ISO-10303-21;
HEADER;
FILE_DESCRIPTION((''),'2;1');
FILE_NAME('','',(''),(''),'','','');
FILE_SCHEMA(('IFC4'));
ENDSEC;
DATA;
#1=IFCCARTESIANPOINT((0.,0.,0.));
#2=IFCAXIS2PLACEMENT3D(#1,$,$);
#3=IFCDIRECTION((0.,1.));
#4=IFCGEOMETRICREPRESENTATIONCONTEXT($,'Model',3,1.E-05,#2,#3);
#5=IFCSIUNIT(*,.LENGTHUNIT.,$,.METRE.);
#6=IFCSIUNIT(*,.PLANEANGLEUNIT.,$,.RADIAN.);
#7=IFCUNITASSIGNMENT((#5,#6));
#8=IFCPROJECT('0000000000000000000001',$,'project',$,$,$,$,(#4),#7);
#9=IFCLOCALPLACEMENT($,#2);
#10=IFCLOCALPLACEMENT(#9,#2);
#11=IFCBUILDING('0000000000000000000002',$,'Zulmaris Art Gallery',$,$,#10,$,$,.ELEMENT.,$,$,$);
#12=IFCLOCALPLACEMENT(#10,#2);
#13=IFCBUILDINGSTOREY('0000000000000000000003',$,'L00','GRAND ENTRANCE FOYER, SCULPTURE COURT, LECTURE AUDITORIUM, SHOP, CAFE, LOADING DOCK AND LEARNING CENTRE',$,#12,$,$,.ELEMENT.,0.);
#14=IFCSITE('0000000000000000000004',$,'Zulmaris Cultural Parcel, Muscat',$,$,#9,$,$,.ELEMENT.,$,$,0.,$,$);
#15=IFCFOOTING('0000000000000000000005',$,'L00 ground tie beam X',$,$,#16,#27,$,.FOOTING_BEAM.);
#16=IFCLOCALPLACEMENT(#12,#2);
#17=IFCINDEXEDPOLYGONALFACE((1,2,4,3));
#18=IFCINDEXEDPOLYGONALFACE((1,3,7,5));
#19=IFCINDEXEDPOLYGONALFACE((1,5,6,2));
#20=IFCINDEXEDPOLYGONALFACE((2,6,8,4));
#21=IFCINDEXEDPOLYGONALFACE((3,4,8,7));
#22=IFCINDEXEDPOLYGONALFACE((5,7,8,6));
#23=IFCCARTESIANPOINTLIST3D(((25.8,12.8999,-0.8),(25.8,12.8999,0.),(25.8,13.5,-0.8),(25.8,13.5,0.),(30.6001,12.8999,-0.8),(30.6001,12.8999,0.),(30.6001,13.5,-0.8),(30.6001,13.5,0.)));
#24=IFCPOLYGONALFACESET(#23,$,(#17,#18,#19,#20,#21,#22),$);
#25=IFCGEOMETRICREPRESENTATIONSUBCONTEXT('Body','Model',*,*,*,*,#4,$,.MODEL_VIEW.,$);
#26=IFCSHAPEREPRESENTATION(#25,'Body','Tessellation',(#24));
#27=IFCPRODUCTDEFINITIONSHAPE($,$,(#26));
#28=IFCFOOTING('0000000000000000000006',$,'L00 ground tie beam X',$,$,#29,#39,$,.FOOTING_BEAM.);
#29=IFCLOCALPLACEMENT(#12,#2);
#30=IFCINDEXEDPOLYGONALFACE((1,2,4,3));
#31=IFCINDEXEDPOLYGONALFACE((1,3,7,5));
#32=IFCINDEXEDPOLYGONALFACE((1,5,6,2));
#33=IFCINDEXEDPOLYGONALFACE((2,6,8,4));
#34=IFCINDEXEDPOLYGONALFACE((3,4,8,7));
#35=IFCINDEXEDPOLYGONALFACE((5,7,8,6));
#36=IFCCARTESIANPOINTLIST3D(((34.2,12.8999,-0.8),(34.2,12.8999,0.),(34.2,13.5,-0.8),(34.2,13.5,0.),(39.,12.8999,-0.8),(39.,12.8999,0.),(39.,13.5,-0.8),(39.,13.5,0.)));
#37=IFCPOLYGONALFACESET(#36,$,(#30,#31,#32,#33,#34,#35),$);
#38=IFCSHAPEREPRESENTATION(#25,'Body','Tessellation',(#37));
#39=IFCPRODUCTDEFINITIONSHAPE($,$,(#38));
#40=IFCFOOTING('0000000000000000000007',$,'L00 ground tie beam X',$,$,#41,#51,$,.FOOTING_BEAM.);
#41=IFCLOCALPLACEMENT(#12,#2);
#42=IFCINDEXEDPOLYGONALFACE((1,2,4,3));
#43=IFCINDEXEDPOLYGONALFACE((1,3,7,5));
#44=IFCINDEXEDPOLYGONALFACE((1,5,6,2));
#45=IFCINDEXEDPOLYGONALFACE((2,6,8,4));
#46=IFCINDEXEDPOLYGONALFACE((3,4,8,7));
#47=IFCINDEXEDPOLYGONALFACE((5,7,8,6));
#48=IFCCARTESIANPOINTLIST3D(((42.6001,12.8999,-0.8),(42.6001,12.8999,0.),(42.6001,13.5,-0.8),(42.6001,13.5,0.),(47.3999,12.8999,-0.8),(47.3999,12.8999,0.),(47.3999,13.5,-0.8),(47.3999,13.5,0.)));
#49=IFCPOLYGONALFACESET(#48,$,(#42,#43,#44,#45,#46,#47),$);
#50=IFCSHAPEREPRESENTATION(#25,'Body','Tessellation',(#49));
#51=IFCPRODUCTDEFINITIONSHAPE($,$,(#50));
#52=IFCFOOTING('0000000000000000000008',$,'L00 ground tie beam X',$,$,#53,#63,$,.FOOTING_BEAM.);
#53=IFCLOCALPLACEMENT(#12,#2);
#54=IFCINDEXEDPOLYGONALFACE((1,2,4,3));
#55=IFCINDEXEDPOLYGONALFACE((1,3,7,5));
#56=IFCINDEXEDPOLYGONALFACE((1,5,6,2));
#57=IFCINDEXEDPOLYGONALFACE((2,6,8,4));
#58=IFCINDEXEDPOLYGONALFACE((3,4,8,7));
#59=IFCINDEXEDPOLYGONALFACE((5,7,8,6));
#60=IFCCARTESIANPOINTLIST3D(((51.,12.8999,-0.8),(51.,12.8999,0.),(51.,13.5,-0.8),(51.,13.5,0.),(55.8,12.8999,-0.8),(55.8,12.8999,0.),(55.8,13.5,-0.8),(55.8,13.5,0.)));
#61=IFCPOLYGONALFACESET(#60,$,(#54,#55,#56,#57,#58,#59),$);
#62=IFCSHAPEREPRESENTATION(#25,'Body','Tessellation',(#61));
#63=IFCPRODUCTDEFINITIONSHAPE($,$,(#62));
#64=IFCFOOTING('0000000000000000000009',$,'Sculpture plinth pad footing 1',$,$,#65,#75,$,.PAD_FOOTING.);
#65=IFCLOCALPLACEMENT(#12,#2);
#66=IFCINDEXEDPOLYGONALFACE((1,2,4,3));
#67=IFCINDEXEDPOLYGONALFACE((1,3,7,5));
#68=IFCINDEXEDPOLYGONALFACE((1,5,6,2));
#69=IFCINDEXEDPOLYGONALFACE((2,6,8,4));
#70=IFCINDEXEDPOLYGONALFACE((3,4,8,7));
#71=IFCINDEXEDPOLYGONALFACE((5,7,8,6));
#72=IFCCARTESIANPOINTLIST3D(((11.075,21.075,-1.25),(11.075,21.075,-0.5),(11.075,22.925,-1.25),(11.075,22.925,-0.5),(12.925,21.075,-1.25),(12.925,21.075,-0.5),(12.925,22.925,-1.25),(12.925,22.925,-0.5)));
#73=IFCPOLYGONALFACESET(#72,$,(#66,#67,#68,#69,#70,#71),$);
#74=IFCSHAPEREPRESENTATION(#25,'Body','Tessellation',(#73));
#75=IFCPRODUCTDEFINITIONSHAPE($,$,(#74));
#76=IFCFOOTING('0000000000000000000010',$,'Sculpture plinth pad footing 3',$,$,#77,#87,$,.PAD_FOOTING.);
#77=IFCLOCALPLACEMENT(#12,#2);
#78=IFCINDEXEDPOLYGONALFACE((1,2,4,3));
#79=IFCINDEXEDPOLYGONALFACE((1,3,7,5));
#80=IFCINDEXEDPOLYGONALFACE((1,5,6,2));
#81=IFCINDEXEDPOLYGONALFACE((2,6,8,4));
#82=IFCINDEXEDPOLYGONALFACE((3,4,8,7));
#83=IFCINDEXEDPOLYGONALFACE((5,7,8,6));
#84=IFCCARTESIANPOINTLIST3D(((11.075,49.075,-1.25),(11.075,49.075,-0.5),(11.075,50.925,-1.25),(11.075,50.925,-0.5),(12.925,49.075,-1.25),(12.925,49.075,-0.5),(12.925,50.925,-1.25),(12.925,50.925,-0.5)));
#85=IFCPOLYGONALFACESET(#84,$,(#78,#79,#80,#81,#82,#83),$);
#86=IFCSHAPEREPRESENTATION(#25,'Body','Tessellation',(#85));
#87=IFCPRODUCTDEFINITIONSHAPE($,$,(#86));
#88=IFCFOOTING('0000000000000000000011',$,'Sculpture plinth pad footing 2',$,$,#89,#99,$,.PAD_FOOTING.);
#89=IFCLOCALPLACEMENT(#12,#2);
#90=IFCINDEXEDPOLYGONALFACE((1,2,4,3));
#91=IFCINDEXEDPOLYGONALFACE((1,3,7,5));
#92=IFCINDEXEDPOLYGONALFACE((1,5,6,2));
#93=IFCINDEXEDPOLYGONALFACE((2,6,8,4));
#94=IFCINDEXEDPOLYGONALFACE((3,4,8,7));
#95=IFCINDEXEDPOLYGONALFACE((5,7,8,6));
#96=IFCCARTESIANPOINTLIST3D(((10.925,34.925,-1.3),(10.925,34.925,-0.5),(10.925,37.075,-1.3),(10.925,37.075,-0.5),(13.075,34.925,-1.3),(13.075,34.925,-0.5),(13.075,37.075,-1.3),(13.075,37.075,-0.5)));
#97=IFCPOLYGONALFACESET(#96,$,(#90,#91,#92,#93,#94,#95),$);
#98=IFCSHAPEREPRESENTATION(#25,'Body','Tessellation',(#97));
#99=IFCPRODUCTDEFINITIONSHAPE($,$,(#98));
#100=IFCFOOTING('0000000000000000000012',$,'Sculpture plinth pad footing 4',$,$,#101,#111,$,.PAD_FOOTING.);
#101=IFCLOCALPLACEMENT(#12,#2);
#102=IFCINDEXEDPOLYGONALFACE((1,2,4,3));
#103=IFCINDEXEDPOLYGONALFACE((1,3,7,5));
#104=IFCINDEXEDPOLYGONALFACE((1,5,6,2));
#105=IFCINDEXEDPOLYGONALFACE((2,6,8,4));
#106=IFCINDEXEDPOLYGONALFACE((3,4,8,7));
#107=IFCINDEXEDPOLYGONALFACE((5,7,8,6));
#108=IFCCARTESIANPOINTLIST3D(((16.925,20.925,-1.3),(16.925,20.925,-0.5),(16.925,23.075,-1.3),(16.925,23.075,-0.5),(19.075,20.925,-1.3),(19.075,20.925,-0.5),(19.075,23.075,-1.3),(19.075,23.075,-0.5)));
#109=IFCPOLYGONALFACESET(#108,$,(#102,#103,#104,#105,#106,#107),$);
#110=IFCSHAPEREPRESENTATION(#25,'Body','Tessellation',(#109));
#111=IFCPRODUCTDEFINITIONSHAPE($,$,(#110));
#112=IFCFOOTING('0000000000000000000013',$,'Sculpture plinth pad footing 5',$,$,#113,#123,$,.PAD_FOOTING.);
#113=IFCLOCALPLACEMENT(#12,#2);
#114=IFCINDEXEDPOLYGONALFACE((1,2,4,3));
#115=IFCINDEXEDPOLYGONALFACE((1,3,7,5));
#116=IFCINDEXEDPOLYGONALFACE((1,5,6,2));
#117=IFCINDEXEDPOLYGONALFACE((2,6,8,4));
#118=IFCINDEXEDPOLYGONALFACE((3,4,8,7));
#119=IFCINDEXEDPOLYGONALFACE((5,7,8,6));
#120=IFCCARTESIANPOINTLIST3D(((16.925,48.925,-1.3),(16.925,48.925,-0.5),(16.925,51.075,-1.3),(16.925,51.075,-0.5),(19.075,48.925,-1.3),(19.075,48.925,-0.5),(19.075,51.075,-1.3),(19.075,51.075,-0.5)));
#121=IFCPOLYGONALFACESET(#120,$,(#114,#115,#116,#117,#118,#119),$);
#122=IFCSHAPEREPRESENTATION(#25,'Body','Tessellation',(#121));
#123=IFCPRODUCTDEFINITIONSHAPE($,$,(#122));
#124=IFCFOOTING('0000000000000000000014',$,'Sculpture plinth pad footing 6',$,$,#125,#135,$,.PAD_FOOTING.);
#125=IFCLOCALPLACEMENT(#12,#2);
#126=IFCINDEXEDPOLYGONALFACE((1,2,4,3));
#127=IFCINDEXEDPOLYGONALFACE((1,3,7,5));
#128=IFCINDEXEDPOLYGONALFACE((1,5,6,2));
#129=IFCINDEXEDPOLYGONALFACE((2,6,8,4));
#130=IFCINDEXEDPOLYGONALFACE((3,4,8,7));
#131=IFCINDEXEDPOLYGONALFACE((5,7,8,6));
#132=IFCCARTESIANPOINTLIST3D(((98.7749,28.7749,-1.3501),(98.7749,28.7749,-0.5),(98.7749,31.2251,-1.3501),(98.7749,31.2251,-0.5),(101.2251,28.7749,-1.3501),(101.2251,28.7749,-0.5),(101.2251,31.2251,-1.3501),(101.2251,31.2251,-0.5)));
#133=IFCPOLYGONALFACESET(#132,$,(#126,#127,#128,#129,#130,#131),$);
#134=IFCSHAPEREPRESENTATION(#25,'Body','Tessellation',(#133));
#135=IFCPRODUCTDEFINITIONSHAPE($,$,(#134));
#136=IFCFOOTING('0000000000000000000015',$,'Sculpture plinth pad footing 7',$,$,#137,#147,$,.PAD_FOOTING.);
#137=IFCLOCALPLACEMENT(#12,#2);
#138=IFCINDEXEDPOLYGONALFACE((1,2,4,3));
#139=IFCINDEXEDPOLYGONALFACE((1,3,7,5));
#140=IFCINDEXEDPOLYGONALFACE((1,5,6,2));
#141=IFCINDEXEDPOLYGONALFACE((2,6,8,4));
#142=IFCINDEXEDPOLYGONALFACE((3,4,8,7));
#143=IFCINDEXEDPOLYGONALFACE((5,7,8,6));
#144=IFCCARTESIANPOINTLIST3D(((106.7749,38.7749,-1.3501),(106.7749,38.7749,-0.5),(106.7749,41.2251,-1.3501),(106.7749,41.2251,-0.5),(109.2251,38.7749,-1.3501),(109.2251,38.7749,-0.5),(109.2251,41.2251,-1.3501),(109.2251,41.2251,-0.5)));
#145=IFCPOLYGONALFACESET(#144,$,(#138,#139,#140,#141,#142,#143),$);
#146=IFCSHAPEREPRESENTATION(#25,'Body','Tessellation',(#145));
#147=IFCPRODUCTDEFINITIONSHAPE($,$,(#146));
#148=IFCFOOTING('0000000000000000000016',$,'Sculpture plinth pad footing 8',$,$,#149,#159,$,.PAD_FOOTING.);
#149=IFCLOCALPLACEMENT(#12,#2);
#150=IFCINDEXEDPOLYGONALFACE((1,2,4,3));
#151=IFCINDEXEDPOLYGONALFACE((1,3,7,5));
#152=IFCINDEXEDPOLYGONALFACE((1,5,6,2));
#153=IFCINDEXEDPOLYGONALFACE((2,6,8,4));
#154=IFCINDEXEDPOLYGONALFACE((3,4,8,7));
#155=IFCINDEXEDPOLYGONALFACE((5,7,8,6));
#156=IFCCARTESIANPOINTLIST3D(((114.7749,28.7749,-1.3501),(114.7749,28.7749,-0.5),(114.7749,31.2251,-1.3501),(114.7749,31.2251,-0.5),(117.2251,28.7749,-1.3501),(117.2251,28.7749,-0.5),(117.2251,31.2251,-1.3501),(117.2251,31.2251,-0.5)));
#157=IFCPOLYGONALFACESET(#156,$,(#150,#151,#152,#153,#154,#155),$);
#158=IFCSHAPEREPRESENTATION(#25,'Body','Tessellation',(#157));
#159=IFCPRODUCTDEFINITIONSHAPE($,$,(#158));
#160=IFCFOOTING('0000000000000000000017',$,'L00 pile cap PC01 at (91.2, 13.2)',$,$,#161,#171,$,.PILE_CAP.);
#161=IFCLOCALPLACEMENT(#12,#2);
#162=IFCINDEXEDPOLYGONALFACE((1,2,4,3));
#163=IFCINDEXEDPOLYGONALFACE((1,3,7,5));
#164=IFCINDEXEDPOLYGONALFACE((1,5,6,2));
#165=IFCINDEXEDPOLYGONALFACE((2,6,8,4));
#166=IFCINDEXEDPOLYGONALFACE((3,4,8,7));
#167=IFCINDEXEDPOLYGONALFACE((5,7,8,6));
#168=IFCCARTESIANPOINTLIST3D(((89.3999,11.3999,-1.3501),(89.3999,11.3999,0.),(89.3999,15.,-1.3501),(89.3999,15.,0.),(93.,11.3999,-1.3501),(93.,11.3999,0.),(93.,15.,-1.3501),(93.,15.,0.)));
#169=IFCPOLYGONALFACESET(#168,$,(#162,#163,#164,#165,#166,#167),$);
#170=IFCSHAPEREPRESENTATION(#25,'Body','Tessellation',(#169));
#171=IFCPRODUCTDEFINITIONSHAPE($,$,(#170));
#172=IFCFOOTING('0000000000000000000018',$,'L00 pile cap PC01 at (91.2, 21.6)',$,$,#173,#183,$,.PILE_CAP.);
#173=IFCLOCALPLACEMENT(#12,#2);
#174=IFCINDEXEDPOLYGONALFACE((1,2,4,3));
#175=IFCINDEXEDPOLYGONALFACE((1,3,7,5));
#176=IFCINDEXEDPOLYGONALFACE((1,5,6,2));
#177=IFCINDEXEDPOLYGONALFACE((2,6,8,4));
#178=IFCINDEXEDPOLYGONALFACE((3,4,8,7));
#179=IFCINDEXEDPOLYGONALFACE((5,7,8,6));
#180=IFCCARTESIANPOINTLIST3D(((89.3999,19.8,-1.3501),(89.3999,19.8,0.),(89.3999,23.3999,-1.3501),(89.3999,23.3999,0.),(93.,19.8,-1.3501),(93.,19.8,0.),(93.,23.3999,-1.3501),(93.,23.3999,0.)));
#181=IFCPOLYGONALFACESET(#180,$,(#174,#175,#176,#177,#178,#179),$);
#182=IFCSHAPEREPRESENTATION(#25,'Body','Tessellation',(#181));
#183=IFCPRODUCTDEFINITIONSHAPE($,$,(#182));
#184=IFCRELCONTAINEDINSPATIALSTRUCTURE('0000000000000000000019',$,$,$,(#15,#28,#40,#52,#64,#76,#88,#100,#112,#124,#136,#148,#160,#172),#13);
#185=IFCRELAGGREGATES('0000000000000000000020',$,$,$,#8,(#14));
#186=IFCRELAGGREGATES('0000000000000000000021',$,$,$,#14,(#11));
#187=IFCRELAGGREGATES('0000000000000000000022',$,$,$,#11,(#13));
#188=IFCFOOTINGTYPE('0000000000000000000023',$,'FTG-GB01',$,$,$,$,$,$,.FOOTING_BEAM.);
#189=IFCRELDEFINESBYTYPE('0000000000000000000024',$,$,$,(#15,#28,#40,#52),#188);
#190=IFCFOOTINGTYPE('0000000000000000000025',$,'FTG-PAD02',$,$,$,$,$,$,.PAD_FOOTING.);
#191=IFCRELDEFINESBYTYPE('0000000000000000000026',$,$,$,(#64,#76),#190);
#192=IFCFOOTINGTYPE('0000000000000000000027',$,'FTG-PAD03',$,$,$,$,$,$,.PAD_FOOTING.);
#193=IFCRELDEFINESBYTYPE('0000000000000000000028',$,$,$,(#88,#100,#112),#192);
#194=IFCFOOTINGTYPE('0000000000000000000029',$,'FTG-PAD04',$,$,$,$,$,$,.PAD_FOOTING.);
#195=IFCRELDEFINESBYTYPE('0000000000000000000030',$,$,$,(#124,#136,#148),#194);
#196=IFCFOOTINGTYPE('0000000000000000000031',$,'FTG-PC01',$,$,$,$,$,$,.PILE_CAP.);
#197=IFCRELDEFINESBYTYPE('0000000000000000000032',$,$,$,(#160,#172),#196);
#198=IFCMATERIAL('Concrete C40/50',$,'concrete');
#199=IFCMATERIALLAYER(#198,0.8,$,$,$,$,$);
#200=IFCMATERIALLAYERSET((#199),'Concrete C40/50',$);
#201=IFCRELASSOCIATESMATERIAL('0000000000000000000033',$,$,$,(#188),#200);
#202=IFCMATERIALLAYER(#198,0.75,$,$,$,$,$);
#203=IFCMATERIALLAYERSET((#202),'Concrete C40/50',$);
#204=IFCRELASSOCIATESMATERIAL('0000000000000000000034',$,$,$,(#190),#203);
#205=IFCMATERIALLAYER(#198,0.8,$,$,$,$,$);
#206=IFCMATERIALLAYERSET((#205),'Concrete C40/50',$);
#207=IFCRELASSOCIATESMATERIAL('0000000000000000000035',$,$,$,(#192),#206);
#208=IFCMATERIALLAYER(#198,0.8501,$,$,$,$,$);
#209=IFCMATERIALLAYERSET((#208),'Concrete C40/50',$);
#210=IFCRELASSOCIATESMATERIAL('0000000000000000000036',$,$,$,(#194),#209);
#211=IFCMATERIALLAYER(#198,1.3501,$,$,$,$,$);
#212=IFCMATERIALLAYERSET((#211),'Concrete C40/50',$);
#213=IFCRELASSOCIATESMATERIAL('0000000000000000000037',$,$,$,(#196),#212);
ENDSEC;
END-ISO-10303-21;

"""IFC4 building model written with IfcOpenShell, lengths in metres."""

from ifc_helpers import new_model, si_unit, direction, frame, origin, place, context, subcontext, project, spatial, polyline, outline, extrude, material, layer, layer_set, type_object, element, save


model = new_model("IFC4")

# Units and contexts
model_context = context("Model", 3, precision=1e-05, world=origin(), true_north=direction((0.0, 1.0)))
body_context = subcontext(model_context, "Body", "Model", "MODEL_VIEW")
ifc_project = project(units=[si_unit("LENGTHUNIT", "METRE"), si_unit("PLANEANGLEUNIT", "RADIAN")], contexts=[model_context])

# Site, building, storey
site_placement = place(None, origin())
site = spatial("IfcSite", under=ifc_project, at=site_placement, Name="Zulmaris Cultural Parcel, Muscat", CompositionType="ELEMENT", RefElevation=0.0)
building_placement = place(site_placement, origin())
building = spatial("IfcBuilding", under=site, at=building_placement, Name="Zulmaris Art Gallery", CompositionType="ELEMENT")
storey_placement = place(building_placement, origin())
storey = spatial("IfcBuildingStorey", under=building, at=storey_placement, Name="L00", Description="GRAND ENTRANCE FOYER, SCULPTURE COURT, LECTURE AUDITORIUM, SHOP, CAFE, LOADING DOCK AND LEARNING CENTRE", CompositionType="ELEMENT", Elevation=0.0)

# Footings
ifc_material = material(Name="Concrete C40/50", Category="concrete")
ifc_layer_1 = layer(ifc_material, 0.8)
ifc_layer_set_1 = layer_set([ifc_layer_1], Name="Concrete C40/50")
footing_type_1 = type_object("IfcFootingType", Name="FTG-GB01", PredefinedType="FOOTING_BEAM", material=ifc_layer_set_1)
footing_1_placement = place(storey_placement, frame((0.0, 0.0, -0.8)))
element("IfcFooting", 1, at=footing_1_placement, inside=storey, type_object=footing_type_1, Name="L00 ground tie beam X", PredefinedType="FOOTING_BEAM", context=body_context, shape_type="SweptSolid", body=[
    extrude(outline(polyline([(25.8, 12.8999), (30.6001, 12.8999), (30.6001, 13.5), (25.8, 13.5), (25.8, 12.8999)])), origin(), (0.0, 0.0, 1.0), 0.8),
])
footing_2_placement = place(storey_placement, frame((0.0, 0.0, -0.8)))
element("IfcFooting", 2, at=footing_2_placement, inside=storey, type_object=footing_type_1, Name="L00 ground tie beam X", PredefinedType="FOOTING_BEAM", context=body_context, shape_type="SweptSolid", body=[
    extrude(outline(polyline([(34.2, 12.8999), (39.0, 12.8999), (39.0, 13.5), (34.2, 13.5), (34.2, 12.8999)])), origin(), (0.0, 0.0, 1.0), 0.8),
])
footing_3_placement = place(storey_placement, frame((0.0, 0.0, -0.8)))
element("IfcFooting", 3, at=footing_3_placement, inside=storey, type_object=footing_type_1, Name="L00 ground tie beam X", PredefinedType="FOOTING_BEAM", context=body_context, shape_type="SweptSolid", body=[
    extrude(outline(polyline([(42.6001, 12.8999), (47.3999, 12.8999), (47.3999, 13.5), (42.6001, 13.5), (42.6001, 12.8999)])), origin(), (0.0, 0.0, 1.0), 0.8),
])
footing_4_placement = place(storey_placement, frame((0.0, 0.0, -0.8)))
element("IfcFooting", 4, at=footing_4_placement, inside=storey, type_object=footing_type_1, Name="L00 ground tie beam X", PredefinedType="FOOTING_BEAM", context=body_context, shape_type="SweptSolid", body=[
    extrude(outline(polyline([(51.0, 12.8999), (55.8, 12.8999), (55.8, 13.5), (51.0, 13.5), (51.0, 12.8999)])), origin(), (0.0, 0.0, 1.0), 0.8),
])
ifc_layer_2 = layer(ifc_material, 0.75)
ifc_layer_set_2 = layer_set([ifc_layer_2], Name="Concrete C40/50")
footing_type_2 = type_object("IfcFootingType", Name="FTG-PAD02", PredefinedType="PAD_FOOTING", material=ifc_layer_set_2)
footing_5_placement = place(storey_placement, frame((0.0, 0.0, -1.25)))
element("IfcFooting", 5, at=footing_5_placement, inside=storey, type_object=footing_type_2, Name="Sculpture plinth pad footing 1", PredefinedType="PAD_FOOTING", context=body_context, shape_type="SweptSolid", body=[
    extrude(outline(polyline([(11.075, 21.075), (12.925, 21.075), (12.925, 22.925), (11.075, 22.925), (11.075, 21.075)])), origin(), (0.0, 0.0, 1.0), 0.75),
])
footing_6_placement = place(storey_placement, frame((0.0, 0.0, -1.25)))
element("IfcFooting", 6, at=footing_6_placement, inside=storey, type_object=footing_type_2, Name="Sculpture plinth pad footing 3", PredefinedType="PAD_FOOTING", context=body_context, shape_type="SweptSolid", body=[
    extrude(outline(polyline([(11.075, 49.075), (12.925, 49.075), (12.925, 50.925), (11.075, 50.925), (11.075, 49.075)])), origin(), (0.0, 0.0, 1.0), 0.75),
])
ifc_layer_3 = layer(ifc_material, 0.8)
ifc_layer_set_3 = layer_set([ifc_layer_3], Name="Concrete C40/50")
footing_type_3 = type_object("IfcFootingType", Name="FTG-PAD03", PredefinedType="PAD_FOOTING", material=ifc_layer_set_3)
footing_7_placement = place(storey_placement, frame((0.0, 0.0, -1.3)))
element("IfcFooting", 7, at=footing_7_placement, inside=storey, type_object=footing_type_3, Name="Sculpture plinth pad footing 2", PredefinedType="PAD_FOOTING", context=body_context, shape_type="SweptSolid", body=[
    extrude(outline(polyline([(10.925, 34.925), (13.075, 34.925), (13.075, 37.075), (10.925, 37.075), (10.925, 34.925)])), origin(), (0.0, 0.0, 1.0), 0.8),
])
footing_8_placement = place(storey_placement, frame((0.0, 0.0, -1.3)))
element("IfcFooting", 8, at=footing_8_placement, inside=storey, type_object=footing_type_3, Name="Sculpture plinth pad footing 4", PredefinedType="PAD_FOOTING", context=body_context, shape_type="SweptSolid", body=[
    extrude(outline(polyline([(16.925, 20.925), (19.075, 20.925), (19.075, 23.075), (16.925, 23.075), (16.925, 20.925)])), origin(), (0.0, 0.0, 1.0), 0.8),
])
footing_9_placement = place(storey_placement, frame((0.0, 0.0, -1.3)))
element("IfcFooting", 9, at=footing_9_placement, inside=storey, type_object=footing_type_3, Name="Sculpture plinth pad footing 5", PredefinedType="PAD_FOOTING", context=body_context, shape_type="SweptSolid", body=[
    extrude(outline(polyline([(16.925, 48.925), (19.075, 48.925), (19.075, 51.075), (16.925, 51.075), (16.925, 48.925)])), origin(), (0.0, 0.0, 1.0), 0.8),
])
ifc_layer_4 = layer(ifc_material, 0.8501)
ifc_layer_set_4 = layer_set([ifc_layer_4], Name="Concrete C40/50")
footing_type_4 = type_object("IfcFootingType", Name="FTG-PAD04", PredefinedType="PAD_FOOTING", material=ifc_layer_set_4)
footing_10_placement = place(storey_placement, frame((0.0, 0.0, -1.3501)))
element("IfcFooting", 10, at=footing_10_placement, inside=storey, type_object=footing_type_4, Name="Sculpture plinth pad footing 6", PredefinedType="PAD_FOOTING", context=body_context, shape_type="SweptSolid", body=[
    extrude(outline(polyline([(98.7749, 28.7749), (101.2251, 28.7749), (101.2251, 31.2251), (98.7749, 31.2251), (98.7749, 28.7749)])), origin(), (0.0, 0.0, 1.0), 0.8501),
])
footing_11_placement = place(storey_placement, frame((0.0, 0.0, -1.3501)))
element("IfcFooting", 11, at=footing_11_placement, inside=storey, type_object=footing_type_4, Name="Sculpture plinth pad footing 7", PredefinedType="PAD_FOOTING", context=body_context, shape_type="SweptSolid", body=[
    extrude(outline(polyline([(106.7749, 38.7749), (109.2251, 38.7749), (109.2251, 41.2251), (106.7749, 41.2251), (106.7749, 38.7749)])), origin(), (0.0, 0.0, 1.0), 0.8501),
])
footing_12_placement = place(storey_placement, frame((0.0, 0.0, -1.3501)))
element("IfcFooting", 12, at=footing_12_placement, inside=storey, type_object=footing_type_4, Name="Sculpture plinth pad footing 8", PredefinedType="PAD_FOOTING", context=body_context, shape_type="SweptSolid", body=[
    extrude(outline(polyline([(114.7749, 28.7749), (117.2251, 28.7749), (117.2251, 31.2251), (114.7749, 31.2251), (114.7749, 28.7749)])), origin(), (0.0, 0.0, 1.0), 0.8501),
])
ifc_layer_5 = layer(ifc_material, 1.3501)
ifc_layer_set_5 = layer_set([ifc_layer_5], Name="Concrete C40/50")
footing_type_5 = type_object("IfcFootingType", Name="FTG-PC01", PredefinedType="PILE_CAP", material=ifc_layer_set_5)
footing_13_placement = place(storey_placement, frame((0.0, 0.0, -1.3501)))
element("IfcFooting", 13, at=footing_13_placement, inside=storey, type_object=footing_type_5, Name="L00 pile cap PC01 at (91.2, 13.2)", PredefinedType="PILE_CAP", context=body_context, shape_type="SweptSolid", body=[
    extrude(outline(polyline([(89.3999, 11.3999), (93.0, 11.3999), (93.0, 15.0), (89.3999, 15.0), (89.3999, 11.3999)])), origin(), (0.0, 0.0, 1.0), 1.3501),
])
footing_14_placement = place(storey_placement, frame((0.0, 0.0, -1.3501)))
element("IfcFooting", 14, at=footing_14_placement, inside=storey, type_object=footing_type_5, Name="L00 pile cap PC01 at (91.2, 21.6)", PredefinedType="PILE_CAP", context=body_context, shape_type="SweptSolid", body=[
    extrude(outline(polyline([(89.3999, 19.8), (93.0, 19.8), (93.0, 23.3999), (89.3999, 23.3999), (89.3999, 19.8)])), origin(), (0.0, 0.0, 1.0), 1.3501),
])

save(model, "model.ifc")
